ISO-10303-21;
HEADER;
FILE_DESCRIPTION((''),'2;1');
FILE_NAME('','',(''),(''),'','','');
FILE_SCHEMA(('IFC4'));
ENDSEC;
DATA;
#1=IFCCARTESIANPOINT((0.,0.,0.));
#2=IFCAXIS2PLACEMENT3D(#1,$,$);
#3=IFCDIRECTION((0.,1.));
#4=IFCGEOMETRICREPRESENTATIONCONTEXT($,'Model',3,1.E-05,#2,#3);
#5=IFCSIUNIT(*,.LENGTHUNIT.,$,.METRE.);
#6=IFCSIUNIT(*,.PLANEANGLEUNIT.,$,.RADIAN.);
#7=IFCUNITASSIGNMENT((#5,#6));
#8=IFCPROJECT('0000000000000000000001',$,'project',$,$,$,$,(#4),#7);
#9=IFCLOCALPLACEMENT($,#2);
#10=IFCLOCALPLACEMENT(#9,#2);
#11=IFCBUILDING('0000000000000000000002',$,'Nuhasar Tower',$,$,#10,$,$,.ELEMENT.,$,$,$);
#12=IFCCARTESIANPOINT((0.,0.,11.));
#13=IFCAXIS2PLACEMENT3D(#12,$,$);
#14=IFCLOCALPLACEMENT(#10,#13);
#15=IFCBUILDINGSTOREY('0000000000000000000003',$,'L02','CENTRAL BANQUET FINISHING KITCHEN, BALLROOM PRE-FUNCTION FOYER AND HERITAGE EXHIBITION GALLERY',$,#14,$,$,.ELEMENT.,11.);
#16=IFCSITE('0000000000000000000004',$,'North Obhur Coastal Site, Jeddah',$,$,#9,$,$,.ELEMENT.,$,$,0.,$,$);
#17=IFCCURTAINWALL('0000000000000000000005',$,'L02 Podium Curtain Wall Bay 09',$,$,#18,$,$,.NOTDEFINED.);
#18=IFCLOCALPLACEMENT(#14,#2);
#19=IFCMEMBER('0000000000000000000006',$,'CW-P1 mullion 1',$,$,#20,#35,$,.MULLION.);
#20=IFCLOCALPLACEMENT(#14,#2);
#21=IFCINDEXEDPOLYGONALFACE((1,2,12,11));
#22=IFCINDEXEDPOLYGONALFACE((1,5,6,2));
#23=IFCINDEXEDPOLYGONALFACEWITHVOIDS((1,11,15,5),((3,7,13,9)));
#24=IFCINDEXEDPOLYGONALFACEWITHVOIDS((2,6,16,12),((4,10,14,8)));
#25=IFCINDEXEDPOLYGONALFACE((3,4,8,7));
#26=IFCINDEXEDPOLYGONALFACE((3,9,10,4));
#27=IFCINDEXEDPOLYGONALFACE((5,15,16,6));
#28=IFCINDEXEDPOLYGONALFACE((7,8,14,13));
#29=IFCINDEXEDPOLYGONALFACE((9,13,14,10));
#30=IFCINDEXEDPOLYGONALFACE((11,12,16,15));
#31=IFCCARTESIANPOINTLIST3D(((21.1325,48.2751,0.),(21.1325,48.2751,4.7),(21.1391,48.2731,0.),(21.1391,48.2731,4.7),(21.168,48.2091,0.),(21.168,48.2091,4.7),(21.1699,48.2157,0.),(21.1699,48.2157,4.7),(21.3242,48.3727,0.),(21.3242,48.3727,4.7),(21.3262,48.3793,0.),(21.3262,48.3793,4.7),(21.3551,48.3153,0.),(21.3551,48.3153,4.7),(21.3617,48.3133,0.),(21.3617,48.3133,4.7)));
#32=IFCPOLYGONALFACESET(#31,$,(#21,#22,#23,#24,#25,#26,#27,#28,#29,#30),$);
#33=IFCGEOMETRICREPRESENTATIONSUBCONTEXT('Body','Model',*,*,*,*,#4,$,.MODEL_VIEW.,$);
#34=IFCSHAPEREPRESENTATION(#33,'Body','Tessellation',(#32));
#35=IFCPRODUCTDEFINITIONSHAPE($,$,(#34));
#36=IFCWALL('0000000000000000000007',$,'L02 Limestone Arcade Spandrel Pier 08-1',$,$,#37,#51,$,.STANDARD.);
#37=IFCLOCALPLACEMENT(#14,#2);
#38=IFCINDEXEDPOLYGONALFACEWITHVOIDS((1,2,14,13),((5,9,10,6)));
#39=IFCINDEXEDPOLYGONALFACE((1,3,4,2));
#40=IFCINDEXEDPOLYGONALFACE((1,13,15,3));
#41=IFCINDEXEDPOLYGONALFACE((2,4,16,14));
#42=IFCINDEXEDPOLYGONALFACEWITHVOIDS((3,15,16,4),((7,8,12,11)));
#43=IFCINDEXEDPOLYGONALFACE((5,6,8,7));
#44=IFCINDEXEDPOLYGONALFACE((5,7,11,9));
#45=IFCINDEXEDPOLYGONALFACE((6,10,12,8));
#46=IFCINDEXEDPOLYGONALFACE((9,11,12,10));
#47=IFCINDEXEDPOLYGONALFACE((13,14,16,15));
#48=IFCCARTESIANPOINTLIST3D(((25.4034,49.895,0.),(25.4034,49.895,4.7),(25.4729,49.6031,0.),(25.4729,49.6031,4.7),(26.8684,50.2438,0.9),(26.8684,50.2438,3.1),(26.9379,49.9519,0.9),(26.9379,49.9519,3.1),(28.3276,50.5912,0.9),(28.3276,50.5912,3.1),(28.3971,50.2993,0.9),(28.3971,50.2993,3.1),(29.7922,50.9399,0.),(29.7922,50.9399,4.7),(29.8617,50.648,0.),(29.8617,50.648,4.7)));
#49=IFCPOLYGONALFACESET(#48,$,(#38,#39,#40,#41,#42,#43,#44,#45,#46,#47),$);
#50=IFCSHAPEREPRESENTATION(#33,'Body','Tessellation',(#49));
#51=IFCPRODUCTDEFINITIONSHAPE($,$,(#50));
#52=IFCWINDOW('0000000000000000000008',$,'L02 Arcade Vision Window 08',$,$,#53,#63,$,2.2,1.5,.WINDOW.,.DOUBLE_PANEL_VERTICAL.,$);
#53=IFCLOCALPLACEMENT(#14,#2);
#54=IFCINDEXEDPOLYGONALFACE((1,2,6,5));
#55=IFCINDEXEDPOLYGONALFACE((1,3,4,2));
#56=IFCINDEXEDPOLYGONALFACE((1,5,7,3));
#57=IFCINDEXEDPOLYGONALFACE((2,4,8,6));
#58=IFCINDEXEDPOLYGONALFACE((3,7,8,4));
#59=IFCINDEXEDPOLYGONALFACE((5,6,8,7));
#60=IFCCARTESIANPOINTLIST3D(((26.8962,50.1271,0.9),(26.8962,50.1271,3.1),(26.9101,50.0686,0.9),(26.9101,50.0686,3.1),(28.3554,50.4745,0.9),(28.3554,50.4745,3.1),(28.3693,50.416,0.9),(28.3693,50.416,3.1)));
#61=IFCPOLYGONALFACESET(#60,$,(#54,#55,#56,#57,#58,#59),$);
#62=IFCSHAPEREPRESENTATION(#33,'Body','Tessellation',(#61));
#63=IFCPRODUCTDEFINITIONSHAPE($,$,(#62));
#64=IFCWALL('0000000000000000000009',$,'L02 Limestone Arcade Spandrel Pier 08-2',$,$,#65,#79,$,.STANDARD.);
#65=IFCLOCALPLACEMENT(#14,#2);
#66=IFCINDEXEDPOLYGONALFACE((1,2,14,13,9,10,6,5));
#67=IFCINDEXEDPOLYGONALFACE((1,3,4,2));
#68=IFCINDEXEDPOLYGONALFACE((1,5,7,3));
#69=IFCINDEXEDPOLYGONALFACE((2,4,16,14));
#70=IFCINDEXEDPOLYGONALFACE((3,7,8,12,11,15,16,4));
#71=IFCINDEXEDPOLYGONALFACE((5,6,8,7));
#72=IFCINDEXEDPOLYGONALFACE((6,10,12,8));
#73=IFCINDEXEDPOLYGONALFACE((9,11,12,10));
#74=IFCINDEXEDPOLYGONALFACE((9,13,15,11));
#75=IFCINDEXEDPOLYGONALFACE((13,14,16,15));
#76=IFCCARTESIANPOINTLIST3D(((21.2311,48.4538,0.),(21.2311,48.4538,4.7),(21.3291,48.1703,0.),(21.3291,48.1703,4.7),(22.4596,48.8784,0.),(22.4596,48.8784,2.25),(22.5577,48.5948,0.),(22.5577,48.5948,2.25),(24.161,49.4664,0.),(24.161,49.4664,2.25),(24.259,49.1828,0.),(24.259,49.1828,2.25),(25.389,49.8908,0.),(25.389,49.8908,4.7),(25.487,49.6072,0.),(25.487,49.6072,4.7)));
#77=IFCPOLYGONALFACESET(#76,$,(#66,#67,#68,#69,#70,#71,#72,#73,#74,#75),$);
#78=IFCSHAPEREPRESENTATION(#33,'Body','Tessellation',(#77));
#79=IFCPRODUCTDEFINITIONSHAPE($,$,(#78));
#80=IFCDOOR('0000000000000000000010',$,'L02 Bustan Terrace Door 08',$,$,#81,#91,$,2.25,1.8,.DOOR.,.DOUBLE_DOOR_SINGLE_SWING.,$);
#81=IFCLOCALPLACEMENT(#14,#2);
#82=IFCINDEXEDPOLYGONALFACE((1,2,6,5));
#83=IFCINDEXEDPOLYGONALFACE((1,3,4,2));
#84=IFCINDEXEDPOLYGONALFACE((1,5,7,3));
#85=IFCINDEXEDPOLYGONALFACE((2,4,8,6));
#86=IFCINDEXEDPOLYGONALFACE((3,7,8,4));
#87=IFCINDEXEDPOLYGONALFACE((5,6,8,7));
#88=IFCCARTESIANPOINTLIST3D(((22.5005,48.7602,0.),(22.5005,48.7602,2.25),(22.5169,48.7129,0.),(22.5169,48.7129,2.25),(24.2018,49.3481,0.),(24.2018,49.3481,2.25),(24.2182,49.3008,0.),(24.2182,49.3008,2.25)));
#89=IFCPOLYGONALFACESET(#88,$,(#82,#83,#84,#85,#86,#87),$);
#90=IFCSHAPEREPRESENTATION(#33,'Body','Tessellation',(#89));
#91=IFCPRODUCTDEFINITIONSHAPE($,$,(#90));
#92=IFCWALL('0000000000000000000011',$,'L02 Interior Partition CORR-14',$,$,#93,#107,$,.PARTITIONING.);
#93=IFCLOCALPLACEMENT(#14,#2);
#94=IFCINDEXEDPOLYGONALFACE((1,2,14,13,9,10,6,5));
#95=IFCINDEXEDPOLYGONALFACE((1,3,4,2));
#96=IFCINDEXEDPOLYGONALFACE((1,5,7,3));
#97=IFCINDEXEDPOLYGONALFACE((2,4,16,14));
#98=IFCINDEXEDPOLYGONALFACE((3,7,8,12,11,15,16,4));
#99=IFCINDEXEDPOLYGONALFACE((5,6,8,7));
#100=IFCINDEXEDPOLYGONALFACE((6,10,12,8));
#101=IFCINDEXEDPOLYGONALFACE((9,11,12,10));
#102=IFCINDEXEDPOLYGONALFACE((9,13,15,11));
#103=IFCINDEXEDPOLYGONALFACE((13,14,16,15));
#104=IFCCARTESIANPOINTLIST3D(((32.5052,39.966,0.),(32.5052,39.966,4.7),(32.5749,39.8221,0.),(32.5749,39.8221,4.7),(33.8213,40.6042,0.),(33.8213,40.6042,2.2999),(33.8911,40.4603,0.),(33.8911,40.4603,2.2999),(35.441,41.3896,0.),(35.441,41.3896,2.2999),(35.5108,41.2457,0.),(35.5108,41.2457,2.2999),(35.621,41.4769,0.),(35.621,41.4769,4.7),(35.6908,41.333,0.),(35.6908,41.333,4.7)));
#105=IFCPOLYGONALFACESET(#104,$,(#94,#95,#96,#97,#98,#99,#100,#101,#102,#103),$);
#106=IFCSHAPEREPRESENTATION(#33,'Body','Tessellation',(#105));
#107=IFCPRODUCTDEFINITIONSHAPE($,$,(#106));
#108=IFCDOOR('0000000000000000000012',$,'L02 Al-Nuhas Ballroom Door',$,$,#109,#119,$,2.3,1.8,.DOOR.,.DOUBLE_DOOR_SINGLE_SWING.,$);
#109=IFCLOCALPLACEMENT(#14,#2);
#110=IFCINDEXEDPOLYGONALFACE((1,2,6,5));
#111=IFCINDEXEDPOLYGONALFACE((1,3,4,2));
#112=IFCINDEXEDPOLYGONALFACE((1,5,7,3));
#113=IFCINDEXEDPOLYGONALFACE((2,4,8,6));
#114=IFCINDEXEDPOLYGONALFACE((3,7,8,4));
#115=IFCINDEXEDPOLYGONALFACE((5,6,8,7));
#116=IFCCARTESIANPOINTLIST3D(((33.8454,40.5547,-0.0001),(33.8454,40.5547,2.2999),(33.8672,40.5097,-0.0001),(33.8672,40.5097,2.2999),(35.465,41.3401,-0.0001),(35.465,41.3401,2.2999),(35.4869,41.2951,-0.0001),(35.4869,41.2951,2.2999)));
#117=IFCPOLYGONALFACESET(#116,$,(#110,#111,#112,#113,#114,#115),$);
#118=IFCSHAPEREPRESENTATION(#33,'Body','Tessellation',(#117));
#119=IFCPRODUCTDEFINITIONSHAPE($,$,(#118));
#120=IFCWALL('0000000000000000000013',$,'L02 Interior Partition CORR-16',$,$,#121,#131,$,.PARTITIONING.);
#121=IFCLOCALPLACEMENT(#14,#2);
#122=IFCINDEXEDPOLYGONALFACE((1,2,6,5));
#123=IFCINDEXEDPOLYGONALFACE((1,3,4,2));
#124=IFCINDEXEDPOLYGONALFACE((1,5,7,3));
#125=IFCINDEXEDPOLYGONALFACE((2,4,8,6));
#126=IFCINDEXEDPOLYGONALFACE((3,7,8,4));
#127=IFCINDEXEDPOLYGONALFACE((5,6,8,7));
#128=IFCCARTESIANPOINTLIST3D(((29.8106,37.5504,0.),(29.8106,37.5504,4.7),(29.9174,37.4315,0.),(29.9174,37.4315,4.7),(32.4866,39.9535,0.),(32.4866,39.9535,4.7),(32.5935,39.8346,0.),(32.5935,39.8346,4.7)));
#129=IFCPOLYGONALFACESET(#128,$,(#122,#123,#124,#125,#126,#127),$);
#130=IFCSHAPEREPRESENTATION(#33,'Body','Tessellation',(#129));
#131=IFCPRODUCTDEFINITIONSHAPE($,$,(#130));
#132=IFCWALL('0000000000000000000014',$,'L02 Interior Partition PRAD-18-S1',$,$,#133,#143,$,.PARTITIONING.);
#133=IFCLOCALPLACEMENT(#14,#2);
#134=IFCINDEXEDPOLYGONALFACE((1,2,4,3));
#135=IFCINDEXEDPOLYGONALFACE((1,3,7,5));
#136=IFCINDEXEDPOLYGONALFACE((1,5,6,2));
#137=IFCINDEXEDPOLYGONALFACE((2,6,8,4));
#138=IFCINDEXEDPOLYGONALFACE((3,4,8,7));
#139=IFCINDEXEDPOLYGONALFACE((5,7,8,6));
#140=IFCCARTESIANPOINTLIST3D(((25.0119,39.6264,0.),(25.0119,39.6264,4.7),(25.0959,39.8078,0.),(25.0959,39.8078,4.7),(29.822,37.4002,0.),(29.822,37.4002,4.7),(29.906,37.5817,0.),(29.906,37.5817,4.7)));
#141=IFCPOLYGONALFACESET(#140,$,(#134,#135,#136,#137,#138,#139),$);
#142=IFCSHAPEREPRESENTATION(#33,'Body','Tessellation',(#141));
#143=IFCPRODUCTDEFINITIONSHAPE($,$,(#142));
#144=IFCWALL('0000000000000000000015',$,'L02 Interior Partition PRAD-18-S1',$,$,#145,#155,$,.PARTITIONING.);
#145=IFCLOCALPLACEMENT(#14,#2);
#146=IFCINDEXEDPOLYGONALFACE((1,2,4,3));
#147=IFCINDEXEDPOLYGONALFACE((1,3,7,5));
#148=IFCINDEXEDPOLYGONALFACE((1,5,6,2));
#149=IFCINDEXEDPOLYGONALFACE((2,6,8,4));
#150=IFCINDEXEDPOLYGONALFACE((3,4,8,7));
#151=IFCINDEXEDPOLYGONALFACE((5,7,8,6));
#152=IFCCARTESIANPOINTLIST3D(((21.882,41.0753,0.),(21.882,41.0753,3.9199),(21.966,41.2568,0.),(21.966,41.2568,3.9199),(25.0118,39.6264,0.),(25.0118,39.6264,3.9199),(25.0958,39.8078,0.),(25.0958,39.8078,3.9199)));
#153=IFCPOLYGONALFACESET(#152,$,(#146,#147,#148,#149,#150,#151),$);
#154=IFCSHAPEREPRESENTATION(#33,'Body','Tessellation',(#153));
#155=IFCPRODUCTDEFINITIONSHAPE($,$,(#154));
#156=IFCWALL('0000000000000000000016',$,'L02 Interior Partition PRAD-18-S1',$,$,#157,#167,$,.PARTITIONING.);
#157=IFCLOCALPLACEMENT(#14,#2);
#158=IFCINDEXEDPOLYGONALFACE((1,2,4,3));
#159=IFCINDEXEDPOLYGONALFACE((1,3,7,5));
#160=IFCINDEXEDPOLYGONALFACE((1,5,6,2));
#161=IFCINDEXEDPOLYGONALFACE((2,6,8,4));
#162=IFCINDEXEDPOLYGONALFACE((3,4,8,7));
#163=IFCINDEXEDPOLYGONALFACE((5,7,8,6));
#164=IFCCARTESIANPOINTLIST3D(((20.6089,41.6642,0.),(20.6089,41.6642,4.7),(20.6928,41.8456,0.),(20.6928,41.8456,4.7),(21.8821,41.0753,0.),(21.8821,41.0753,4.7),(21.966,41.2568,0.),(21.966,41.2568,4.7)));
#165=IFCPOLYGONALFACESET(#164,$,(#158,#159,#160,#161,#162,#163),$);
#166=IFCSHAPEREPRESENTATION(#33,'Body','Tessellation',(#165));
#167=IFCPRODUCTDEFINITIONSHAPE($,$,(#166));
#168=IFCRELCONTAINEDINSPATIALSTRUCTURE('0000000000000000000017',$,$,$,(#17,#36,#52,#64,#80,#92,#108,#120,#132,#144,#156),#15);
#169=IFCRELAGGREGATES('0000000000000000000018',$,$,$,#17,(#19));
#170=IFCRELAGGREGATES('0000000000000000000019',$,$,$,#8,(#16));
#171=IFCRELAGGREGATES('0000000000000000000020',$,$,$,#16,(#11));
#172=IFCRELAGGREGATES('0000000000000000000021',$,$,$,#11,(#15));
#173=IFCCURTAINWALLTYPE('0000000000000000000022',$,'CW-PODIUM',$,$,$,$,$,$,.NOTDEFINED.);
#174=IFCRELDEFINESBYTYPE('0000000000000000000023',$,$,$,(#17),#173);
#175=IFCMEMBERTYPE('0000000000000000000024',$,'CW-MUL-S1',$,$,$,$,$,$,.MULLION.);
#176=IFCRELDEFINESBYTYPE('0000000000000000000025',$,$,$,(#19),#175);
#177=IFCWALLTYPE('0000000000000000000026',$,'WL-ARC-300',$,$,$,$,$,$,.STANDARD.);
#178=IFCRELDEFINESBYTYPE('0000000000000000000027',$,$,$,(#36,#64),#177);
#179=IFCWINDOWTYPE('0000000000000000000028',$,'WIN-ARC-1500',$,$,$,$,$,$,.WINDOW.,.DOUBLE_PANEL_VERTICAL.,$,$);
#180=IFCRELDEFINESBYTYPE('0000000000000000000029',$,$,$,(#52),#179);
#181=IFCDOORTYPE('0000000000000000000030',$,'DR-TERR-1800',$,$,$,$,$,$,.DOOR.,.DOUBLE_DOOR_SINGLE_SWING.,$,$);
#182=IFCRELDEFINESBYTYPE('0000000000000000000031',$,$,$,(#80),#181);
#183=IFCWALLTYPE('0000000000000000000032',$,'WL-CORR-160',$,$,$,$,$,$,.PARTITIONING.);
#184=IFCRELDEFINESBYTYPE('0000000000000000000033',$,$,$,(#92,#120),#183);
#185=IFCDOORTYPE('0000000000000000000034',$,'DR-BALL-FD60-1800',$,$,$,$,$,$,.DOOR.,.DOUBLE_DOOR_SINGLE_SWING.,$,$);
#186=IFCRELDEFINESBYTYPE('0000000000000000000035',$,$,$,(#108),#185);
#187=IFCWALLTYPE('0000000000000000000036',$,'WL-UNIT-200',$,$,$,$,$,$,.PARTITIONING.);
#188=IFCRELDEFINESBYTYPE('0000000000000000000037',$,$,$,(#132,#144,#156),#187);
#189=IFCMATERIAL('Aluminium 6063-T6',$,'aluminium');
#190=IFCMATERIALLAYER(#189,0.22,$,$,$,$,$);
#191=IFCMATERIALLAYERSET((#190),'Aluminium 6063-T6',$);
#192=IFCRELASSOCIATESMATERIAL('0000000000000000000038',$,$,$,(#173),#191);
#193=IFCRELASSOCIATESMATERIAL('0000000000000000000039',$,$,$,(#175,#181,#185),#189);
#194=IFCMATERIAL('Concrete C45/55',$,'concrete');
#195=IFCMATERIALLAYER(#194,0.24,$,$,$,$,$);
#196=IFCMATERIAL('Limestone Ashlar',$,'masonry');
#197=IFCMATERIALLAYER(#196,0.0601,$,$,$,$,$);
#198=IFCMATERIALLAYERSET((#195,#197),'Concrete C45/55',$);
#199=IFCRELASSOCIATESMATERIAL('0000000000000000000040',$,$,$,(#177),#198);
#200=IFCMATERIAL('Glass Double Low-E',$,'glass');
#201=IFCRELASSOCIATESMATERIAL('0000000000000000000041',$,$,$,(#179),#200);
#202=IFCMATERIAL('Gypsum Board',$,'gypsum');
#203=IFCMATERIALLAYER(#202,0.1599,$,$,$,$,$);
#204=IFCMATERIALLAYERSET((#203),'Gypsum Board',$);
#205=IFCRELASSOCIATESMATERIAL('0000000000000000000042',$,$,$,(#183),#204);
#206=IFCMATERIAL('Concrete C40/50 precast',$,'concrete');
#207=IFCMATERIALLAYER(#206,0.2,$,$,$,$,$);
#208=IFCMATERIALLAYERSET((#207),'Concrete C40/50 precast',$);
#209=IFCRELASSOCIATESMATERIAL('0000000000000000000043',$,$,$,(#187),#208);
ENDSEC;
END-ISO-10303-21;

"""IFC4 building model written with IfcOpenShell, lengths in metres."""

from ifc_helpers import new_model, si_unit, direction, frame, frame_2d, origin, origin_2d, place, context, subcontext, project, spatial, rectangle, hollow_rectangle, extrude, material, layer, layer_set, material_profile, profile_set, type_object, element, fill, aggregate, save


model = new_model("IFC4")

# Units and contexts
model_context = context("Model", 3, precision=1e-05, world=origin(), true_north=direction((0.0, 1.0)))
body_context = subcontext(model_context, "Body", "Model", "MODEL_VIEW")
ifc_project = project(units=[si_unit("LENGTHUNIT", "METRE"), si_unit("PLANEANGLEUNIT", "RADIAN")], contexts=[model_context])

# Site, building, storey
site_placement = place(None, origin())
site = spatial("IfcSite", under=ifc_project, at=site_placement, Name="North Obhur Coastal Site, Jeddah", CompositionType="ELEMENT", RefElevation=0.0)
building_placement = place(site_placement, origin())
building = spatial("IfcBuilding", under=site, at=building_placement, Name="Nuhasar Tower", CompositionType="ELEMENT")
storey_placement = place(building_placement, frame((0.0, 0.0, 11.0)))
storey = spatial("IfcBuildingStorey", under=building, at=storey_placement, Name="L02", Description="CENTRAL BANQUET FINISHING KITCHEN, BALLROOM PRE-FUNCTION FOYER AND HERITAGE EXHIBITION GALLERY", CompositionType="ELEMENT", Elevation=11.0)

# Curtain wall, member
ifc_material_1 = material(Name="Aluminium 6063-T6", Category="aluminium")
ifc_layer_1 = layer(ifc_material_1, 0.22)
ifc_layer_set_1 = layer_set([ifc_layer_1], Name="Aluminium 6063-T6")
curtain_wall_type = type_object("IfcCurtainWallType", Name="CW-PODIUM", PredefinedType="NOTDEFINED", material=ifc_layer_set_1)
ifc_material_profile_1 = material_profile(ifc_material_1, hollow_rectangle(XDim=0.075, YDim=0.22, WallThickness=0.0049, at=origin_2d()), Name="CWM-1")
ifc_profile_set_1 = profile_set([ifc_material_profile_1], Name="Aluminium 6063-T6")
member_type = type_object("IfcMemberType", Name="CW-MUL-S1", PredefinedType="MULLION", material=ifc_profile_set_1)
curtain_wall_1_placement = place(storey_placement, origin())
curtain_wall_1 = element("IfcCurtainWall", 1, at=curtain_wall_1_placement, inside=storey, type_object=curtain_wall_type, Name="L02 Podium Curtain Wall Bay 09", PredefinedType="NOTDEFINED")
member_1_placement = place(storey_placement, frame((21.2471, 48.2942, 0.0), z_axis=(0.0, 0.0, 1.0), x_axis=(0.473606, -0.880737, 0.0)))
member_1 = element("IfcMember", 2, at=member_1_placement, type_object=member_type, Name="CW-P1 mullion 1", PredefinedType="MULLION", context=body_context, shape_type="SweptSolid", body=[
    extrude(hollow_rectangle(XDim=0.075, YDim=0.22, WallThickness=0.0049, at=origin_2d()), origin(), (0.0, 0.0, 1.0), 4.7),
])
aggregate(curtain_wall_1, [member_1])

# Wall, opening, window
ifc_material_2 = material(Name="Concrete C45/55", Category="concrete")
ifc_layer_2 = layer(ifc_material_2, 0.24)
ifc_material_3 = material(Name="Limestone Ashlar", Category="masonry")
ifc_layer_3 = layer(ifc_material_3, 0.0601)
ifc_layer_set_2 = layer_set([ifc_layer_2, ifc_layer_3], Name="Concrete C45/55")
wall_type_1 = type_object("IfcWallType", Name="WL-ARC-300", PredefinedType="STANDARD", material=ifc_layer_set_2)
wall_1_placement = place(storey_placement, frame((25.438, 49.749, 0.0), z_axis=(0.0, 0.0, 1.0), x_axis=(0.972809, 0.231608, 0.0)))
wall_1 = element("IfcWall", 3, at=wall_1_placement, inside=storey, type_object=wall_type_1, Name="L02 Limestone Arcade Spandrel Pier 08-1", PredefinedType="STANDARD", context=body_context, shape_type="SweptSolid", body=[
    extrude(rectangle(XDim=4.5115, YDim=0.3, at=frame_2d((2.2559, 0.0))), origin(), (0.0, 0.0, 1.0), 4.7),
])
opening_1_placement = place(wall_1_placement, frame((1.5061, 0.0, 0.8999)))
opening_1 = element("IfcOpeningElement", 4, at=opening_1_placement, cuts=wall_1, PredefinedType="OPENING", context=body_context, shape_type="SweptSolid", body=[
    extrude(rectangle(XDim=1.5, YDim=2.2, at=frame_2d((0.75, 1.1001))), frame((0.0, 0.1602, 0.0), z_axis=(0.0, -1.0, 0.0), x_axis=(1.0, 0.0, 0.0)), (0.0, 0.0, 1.0), 0.3201),
])
ifc_material_4 = material(Name="Glass Double Low-E", Category="glass")
window_type = type_object("IfcWindowType", Name="WIN-ARC-1500", PartitioningType="DOUBLE_PANEL_VERTICAL", PredefinedType="WINDOW", material=ifc_material_4)
window_placement = place(opening_1_placement, origin())
window = element("IfcWindow", 5, at=window_placement, inside=storey, type_object=window_type, Name="L02 Arcade Vision Window 08", OverallHeight=2.2, OverallWidth=1.5, PartitioningType="DOUBLE_PANEL_VERTICAL", PredefinedType="WINDOW", context=body_context, shape_type="SweptSolid", body=[
    extrude(rectangle(XDim=1.5, YDim=2.2, at=frame_2d((0.75, 1.1001))), frame((0.0, 0.03, 0.0), z_axis=(0.0, -1.0, 0.0), x_axis=(1.0, 0.0, 0.0)), (0.0, 0.0, 1.0), 0.0601),
])
fill(opening_1, window)

# Walls, openings, doors
wall_2_placement = place(storey_placement, frame((21.28, 48.312, 0.0), z_axis=(0.0, 0.0, 1.0), x_axis=(0.945146, 0.326647, 0.0)))
wall_2 = element("IfcWall", 6, at=wall_2_placement, inside=storey, type_object=wall_type_1, Name="L02 Limestone Arcade Spandrel Pier 08-2", PredefinedType="STANDARD", context=body_context, shape_type="SweptSolid", body=[
    extrude(rectangle(XDim=4.3992, YDim=0.3, at=frame_2d((2.1997, 0.0))), origin(), (0.0, 0.0, 1.0), 4.7),
])
opening_2_placement = place(wall_2_placement, frame((1.3, 0.0, 0.0)))
opening_2 = element("IfcOpeningElement", 7, at=opening_2_placement, cuts=wall_2, PredefinedType="OPENING", context=body_context, shape_type="SweptSolid", body=[
    extrude(rectangle(XDim=1.8, YDim=2.25, at=frame_2d((0.8999, 1.125))), frame((0.0, 0.1602, 0.0), z_axis=(0.0, -1.0, 0.0), x_axis=(1.0, 0.0, 0.0)), (0.0, 0.0, 1.0), 0.3201),
])
door_type_1 = type_object("IfcDoorType", Name="DR-TERR-1800", OperationType="DOUBLE_DOOR_SINGLE_SWING", PredefinedType="DOOR", material=ifc_material_1)
door_1_placement = place(opening_2_placement, origin())
door_1 = element("IfcDoor", 8, at=door_1_placement, inside=storey, type_object=door_type_1, Name="L02 Bustan Terrace Door 08", OperationType="DOUBLE_DOOR_SINGLE_SWING", OverallHeight=2.25, OverallWidth=1.8, PredefinedType="DOOR", context=body_context, shape_type="SweptSolid", body=[
    extrude(rectangle(XDim=1.8, YDim=2.25, at=frame_2d((0.8999, 1.125))), frame((0.0, 0.0249, 0.0), z_axis=(0.0, -1.0, 0.0), x_axis=(1.0, 0.0, 0.0)), (0.0, 0.0, 1.0), 0.05),
])
fill(opening_2, door_1)
ifc_material_5 = material(Name="Gypsum Board", Category="gypsum")
ifc_layer_4 = layer(ifc_material_5, 0.1599)
ifc_layer_set_3 = layer_set([ifc_layer_4], Name="Gypsum Board")
wall_type_2 = type_object("IfcWallType", Name="WL-CORR-160", PredefinedType="PARTITIONING", material=ifc_layer_set_3)
wall_3_placement = place(storey_placement, frame((32.54, 39.894, 0.0), z_axis=(0.0, 0.0, 1.0), x_axis=(0.89979, 0.436324, 0.0)))
wall_3 = element("IfcWall", 9, at=wall_3_placement, inside=storey, type_object=wall_type_2, Name="L02 Interior Partition CORR-14", PredefinedType="PARTITIONING", context=body_context, shape_type="SweptSolid", body=[
    extrude(rectangle(XDim=3.4629, YDim=0.1599, at=frame_2d((1.7314, 0.0))), origin(), (0.0, 0.0, 1.0), 4.7),
])
opening_3_placement = place(wall_3_placement, frame((1.4629, 0.0, 0.0)))
opening_3 = element("IfcOpeningElement", 10, at=opening_3_placement, cuts=wall_3, PredefinedType="OPENING", context=body_context, shape_type="SweptSolid", body=[
    extrude(rectangle(XDim=1.8, YDim=2.3, at=frame_2d((0.8999, 1.1499))), frame((0.0, 0.0898, 0.0), z_axis=(0.0, -1.0, 0.0), x_axis=(1.0, 0.0, 0.0)), (0.0, 0.0, 1.0), 0.1799),
])
door_type_2 = type_object("IfcDoorType", Name="DR-BALL-FD60-1800", OperationType="DOUBLE_DOOR_SINGLE_SWING", PredefinedType="DOOR", material=ifc_material_1)
door_2_placement = place(opening_3_placement, origin())
door_2 = element("IfcDoor", 11, at=door_2_placement, inside=storey, type_object=door_type_2, Name="L02 Al-Nuhas Ballroom Door", OperationType="DOUBLE_DOOR_SINGLE_SWING", OverallHeight=2.3, OverallWidth=1.8, PredefinedType="DOOR", context=body_context, shape_type="SweptSolid", body=[
    extrude(rectangle(XDim=1.8, YDim=2.3, at=frame_2d((0.8999, 1.1499))), frame((0.0, 0.0249, 0.0), z_axis=(0.0, -1.0, 0.0), x_axis=(1.0, 0.0, 0.0)), (0.0, 0.0, 1.0), 0.05),
])
fill(opening_3, door_2)

# Walls
wall_4_placement = place(storey_placement, frame((32.54, 39.894, 0.0), z_axis=(0.0, 0.0, 1.0), x_axis=(-0.744033, -0.668143, 0.0)))
element("IfcWall", 12, at=wall_4_placement, inside=storey, type_object=wall_type_2, Name="L02 Interior Partition CORR-16", PredefinedType="PARTITIONING", context=body_context, shape_type="SweptSolid", body=[
    extrude(rectangle(XDim=3.5967, YDim=0.1599, at=frame_2d((1.7983, 0.0))), origin(), (0.0, 0.0, 1.0), 4.7),
])
ifc_material_6 = material(Name="Concrete C40/50 precast", Category="concrete")
ifc_layer_5 = layer(ifc_material_6, 0.2)
ifc_layer_set_4 = layer_set([ifc_layer_5], Name="Concrete C40/50 precast")
wall_type_3 = type_object("IfcWallType", Name="WL-UNIT-200", PredefinedType="PARTITIONING", material=ifc_layer_set_4)
wall_5_placement = place(storey_placement, frame((29.864, 37.491, 0.0), z_axis=(0.0, 0.0, 1.0), x_axis=(-0.907525, 0.419999, 0.0)))
element("IfcWall", 13, at=wall_5_placement, inside=storey, type_object=wall_type_3, Name="L02 Interior Partition PRAD-18-S1", PredefinedType="PARTITIONING", context=body_context, shape_type="SweptSolid", body=[
    extrude(rectangle(XDim=5.3003, YDim=0.2, at=frame_2d((2.6501, 0.0))), origin(), (0.0, 0.0, 1.0), 4.7),
])
wall_6_placement = place(storey_placement, frame((25.054, 39.717, 0.0), z_axis=(0.0, 0.0, 1.0), x_axis=(-0.907472, 0.420113, 0.0)))
element("IfcWall", 14, at=wall_6_placement, inside=storey, type_object=wall_type_3, Name="L02 Interior Partition PRAD-18-S1", PredefinedType="PARTITIONING", context=body_context, shape_type="SweptSolid", body=[
    extrude(rectangle(XDim=3.449, YDim=0.2, at=frame_2d((1.7246, 0.0))), origin(), (0.0, 0.0, 1.0), 3.9199),
])
wall_7_placement = place(storey_placement, frame((21.9241, 41.166, 0.0), z_axis=(0.0, 0.0, 1.0), x_axis=(-0.907623, 0.419786, 0.0)))
element("IfcWall", 15, at=wall_7_placement, inside=storey, type_object=wall_type_3, Name="L02 Interior Partition PRAD-18-S1", PredefinedType="PARTITIONING", context=body_context, shape_type="SweptSolid", body=[
    extrude(rectangle(XDim=1.4028, YDim=0.2, at=frame_2d((0.7014, 0.0))), origin(), (0.0, 0.0, 1.0), 4.7),
])

save(model, "model.ifc")
